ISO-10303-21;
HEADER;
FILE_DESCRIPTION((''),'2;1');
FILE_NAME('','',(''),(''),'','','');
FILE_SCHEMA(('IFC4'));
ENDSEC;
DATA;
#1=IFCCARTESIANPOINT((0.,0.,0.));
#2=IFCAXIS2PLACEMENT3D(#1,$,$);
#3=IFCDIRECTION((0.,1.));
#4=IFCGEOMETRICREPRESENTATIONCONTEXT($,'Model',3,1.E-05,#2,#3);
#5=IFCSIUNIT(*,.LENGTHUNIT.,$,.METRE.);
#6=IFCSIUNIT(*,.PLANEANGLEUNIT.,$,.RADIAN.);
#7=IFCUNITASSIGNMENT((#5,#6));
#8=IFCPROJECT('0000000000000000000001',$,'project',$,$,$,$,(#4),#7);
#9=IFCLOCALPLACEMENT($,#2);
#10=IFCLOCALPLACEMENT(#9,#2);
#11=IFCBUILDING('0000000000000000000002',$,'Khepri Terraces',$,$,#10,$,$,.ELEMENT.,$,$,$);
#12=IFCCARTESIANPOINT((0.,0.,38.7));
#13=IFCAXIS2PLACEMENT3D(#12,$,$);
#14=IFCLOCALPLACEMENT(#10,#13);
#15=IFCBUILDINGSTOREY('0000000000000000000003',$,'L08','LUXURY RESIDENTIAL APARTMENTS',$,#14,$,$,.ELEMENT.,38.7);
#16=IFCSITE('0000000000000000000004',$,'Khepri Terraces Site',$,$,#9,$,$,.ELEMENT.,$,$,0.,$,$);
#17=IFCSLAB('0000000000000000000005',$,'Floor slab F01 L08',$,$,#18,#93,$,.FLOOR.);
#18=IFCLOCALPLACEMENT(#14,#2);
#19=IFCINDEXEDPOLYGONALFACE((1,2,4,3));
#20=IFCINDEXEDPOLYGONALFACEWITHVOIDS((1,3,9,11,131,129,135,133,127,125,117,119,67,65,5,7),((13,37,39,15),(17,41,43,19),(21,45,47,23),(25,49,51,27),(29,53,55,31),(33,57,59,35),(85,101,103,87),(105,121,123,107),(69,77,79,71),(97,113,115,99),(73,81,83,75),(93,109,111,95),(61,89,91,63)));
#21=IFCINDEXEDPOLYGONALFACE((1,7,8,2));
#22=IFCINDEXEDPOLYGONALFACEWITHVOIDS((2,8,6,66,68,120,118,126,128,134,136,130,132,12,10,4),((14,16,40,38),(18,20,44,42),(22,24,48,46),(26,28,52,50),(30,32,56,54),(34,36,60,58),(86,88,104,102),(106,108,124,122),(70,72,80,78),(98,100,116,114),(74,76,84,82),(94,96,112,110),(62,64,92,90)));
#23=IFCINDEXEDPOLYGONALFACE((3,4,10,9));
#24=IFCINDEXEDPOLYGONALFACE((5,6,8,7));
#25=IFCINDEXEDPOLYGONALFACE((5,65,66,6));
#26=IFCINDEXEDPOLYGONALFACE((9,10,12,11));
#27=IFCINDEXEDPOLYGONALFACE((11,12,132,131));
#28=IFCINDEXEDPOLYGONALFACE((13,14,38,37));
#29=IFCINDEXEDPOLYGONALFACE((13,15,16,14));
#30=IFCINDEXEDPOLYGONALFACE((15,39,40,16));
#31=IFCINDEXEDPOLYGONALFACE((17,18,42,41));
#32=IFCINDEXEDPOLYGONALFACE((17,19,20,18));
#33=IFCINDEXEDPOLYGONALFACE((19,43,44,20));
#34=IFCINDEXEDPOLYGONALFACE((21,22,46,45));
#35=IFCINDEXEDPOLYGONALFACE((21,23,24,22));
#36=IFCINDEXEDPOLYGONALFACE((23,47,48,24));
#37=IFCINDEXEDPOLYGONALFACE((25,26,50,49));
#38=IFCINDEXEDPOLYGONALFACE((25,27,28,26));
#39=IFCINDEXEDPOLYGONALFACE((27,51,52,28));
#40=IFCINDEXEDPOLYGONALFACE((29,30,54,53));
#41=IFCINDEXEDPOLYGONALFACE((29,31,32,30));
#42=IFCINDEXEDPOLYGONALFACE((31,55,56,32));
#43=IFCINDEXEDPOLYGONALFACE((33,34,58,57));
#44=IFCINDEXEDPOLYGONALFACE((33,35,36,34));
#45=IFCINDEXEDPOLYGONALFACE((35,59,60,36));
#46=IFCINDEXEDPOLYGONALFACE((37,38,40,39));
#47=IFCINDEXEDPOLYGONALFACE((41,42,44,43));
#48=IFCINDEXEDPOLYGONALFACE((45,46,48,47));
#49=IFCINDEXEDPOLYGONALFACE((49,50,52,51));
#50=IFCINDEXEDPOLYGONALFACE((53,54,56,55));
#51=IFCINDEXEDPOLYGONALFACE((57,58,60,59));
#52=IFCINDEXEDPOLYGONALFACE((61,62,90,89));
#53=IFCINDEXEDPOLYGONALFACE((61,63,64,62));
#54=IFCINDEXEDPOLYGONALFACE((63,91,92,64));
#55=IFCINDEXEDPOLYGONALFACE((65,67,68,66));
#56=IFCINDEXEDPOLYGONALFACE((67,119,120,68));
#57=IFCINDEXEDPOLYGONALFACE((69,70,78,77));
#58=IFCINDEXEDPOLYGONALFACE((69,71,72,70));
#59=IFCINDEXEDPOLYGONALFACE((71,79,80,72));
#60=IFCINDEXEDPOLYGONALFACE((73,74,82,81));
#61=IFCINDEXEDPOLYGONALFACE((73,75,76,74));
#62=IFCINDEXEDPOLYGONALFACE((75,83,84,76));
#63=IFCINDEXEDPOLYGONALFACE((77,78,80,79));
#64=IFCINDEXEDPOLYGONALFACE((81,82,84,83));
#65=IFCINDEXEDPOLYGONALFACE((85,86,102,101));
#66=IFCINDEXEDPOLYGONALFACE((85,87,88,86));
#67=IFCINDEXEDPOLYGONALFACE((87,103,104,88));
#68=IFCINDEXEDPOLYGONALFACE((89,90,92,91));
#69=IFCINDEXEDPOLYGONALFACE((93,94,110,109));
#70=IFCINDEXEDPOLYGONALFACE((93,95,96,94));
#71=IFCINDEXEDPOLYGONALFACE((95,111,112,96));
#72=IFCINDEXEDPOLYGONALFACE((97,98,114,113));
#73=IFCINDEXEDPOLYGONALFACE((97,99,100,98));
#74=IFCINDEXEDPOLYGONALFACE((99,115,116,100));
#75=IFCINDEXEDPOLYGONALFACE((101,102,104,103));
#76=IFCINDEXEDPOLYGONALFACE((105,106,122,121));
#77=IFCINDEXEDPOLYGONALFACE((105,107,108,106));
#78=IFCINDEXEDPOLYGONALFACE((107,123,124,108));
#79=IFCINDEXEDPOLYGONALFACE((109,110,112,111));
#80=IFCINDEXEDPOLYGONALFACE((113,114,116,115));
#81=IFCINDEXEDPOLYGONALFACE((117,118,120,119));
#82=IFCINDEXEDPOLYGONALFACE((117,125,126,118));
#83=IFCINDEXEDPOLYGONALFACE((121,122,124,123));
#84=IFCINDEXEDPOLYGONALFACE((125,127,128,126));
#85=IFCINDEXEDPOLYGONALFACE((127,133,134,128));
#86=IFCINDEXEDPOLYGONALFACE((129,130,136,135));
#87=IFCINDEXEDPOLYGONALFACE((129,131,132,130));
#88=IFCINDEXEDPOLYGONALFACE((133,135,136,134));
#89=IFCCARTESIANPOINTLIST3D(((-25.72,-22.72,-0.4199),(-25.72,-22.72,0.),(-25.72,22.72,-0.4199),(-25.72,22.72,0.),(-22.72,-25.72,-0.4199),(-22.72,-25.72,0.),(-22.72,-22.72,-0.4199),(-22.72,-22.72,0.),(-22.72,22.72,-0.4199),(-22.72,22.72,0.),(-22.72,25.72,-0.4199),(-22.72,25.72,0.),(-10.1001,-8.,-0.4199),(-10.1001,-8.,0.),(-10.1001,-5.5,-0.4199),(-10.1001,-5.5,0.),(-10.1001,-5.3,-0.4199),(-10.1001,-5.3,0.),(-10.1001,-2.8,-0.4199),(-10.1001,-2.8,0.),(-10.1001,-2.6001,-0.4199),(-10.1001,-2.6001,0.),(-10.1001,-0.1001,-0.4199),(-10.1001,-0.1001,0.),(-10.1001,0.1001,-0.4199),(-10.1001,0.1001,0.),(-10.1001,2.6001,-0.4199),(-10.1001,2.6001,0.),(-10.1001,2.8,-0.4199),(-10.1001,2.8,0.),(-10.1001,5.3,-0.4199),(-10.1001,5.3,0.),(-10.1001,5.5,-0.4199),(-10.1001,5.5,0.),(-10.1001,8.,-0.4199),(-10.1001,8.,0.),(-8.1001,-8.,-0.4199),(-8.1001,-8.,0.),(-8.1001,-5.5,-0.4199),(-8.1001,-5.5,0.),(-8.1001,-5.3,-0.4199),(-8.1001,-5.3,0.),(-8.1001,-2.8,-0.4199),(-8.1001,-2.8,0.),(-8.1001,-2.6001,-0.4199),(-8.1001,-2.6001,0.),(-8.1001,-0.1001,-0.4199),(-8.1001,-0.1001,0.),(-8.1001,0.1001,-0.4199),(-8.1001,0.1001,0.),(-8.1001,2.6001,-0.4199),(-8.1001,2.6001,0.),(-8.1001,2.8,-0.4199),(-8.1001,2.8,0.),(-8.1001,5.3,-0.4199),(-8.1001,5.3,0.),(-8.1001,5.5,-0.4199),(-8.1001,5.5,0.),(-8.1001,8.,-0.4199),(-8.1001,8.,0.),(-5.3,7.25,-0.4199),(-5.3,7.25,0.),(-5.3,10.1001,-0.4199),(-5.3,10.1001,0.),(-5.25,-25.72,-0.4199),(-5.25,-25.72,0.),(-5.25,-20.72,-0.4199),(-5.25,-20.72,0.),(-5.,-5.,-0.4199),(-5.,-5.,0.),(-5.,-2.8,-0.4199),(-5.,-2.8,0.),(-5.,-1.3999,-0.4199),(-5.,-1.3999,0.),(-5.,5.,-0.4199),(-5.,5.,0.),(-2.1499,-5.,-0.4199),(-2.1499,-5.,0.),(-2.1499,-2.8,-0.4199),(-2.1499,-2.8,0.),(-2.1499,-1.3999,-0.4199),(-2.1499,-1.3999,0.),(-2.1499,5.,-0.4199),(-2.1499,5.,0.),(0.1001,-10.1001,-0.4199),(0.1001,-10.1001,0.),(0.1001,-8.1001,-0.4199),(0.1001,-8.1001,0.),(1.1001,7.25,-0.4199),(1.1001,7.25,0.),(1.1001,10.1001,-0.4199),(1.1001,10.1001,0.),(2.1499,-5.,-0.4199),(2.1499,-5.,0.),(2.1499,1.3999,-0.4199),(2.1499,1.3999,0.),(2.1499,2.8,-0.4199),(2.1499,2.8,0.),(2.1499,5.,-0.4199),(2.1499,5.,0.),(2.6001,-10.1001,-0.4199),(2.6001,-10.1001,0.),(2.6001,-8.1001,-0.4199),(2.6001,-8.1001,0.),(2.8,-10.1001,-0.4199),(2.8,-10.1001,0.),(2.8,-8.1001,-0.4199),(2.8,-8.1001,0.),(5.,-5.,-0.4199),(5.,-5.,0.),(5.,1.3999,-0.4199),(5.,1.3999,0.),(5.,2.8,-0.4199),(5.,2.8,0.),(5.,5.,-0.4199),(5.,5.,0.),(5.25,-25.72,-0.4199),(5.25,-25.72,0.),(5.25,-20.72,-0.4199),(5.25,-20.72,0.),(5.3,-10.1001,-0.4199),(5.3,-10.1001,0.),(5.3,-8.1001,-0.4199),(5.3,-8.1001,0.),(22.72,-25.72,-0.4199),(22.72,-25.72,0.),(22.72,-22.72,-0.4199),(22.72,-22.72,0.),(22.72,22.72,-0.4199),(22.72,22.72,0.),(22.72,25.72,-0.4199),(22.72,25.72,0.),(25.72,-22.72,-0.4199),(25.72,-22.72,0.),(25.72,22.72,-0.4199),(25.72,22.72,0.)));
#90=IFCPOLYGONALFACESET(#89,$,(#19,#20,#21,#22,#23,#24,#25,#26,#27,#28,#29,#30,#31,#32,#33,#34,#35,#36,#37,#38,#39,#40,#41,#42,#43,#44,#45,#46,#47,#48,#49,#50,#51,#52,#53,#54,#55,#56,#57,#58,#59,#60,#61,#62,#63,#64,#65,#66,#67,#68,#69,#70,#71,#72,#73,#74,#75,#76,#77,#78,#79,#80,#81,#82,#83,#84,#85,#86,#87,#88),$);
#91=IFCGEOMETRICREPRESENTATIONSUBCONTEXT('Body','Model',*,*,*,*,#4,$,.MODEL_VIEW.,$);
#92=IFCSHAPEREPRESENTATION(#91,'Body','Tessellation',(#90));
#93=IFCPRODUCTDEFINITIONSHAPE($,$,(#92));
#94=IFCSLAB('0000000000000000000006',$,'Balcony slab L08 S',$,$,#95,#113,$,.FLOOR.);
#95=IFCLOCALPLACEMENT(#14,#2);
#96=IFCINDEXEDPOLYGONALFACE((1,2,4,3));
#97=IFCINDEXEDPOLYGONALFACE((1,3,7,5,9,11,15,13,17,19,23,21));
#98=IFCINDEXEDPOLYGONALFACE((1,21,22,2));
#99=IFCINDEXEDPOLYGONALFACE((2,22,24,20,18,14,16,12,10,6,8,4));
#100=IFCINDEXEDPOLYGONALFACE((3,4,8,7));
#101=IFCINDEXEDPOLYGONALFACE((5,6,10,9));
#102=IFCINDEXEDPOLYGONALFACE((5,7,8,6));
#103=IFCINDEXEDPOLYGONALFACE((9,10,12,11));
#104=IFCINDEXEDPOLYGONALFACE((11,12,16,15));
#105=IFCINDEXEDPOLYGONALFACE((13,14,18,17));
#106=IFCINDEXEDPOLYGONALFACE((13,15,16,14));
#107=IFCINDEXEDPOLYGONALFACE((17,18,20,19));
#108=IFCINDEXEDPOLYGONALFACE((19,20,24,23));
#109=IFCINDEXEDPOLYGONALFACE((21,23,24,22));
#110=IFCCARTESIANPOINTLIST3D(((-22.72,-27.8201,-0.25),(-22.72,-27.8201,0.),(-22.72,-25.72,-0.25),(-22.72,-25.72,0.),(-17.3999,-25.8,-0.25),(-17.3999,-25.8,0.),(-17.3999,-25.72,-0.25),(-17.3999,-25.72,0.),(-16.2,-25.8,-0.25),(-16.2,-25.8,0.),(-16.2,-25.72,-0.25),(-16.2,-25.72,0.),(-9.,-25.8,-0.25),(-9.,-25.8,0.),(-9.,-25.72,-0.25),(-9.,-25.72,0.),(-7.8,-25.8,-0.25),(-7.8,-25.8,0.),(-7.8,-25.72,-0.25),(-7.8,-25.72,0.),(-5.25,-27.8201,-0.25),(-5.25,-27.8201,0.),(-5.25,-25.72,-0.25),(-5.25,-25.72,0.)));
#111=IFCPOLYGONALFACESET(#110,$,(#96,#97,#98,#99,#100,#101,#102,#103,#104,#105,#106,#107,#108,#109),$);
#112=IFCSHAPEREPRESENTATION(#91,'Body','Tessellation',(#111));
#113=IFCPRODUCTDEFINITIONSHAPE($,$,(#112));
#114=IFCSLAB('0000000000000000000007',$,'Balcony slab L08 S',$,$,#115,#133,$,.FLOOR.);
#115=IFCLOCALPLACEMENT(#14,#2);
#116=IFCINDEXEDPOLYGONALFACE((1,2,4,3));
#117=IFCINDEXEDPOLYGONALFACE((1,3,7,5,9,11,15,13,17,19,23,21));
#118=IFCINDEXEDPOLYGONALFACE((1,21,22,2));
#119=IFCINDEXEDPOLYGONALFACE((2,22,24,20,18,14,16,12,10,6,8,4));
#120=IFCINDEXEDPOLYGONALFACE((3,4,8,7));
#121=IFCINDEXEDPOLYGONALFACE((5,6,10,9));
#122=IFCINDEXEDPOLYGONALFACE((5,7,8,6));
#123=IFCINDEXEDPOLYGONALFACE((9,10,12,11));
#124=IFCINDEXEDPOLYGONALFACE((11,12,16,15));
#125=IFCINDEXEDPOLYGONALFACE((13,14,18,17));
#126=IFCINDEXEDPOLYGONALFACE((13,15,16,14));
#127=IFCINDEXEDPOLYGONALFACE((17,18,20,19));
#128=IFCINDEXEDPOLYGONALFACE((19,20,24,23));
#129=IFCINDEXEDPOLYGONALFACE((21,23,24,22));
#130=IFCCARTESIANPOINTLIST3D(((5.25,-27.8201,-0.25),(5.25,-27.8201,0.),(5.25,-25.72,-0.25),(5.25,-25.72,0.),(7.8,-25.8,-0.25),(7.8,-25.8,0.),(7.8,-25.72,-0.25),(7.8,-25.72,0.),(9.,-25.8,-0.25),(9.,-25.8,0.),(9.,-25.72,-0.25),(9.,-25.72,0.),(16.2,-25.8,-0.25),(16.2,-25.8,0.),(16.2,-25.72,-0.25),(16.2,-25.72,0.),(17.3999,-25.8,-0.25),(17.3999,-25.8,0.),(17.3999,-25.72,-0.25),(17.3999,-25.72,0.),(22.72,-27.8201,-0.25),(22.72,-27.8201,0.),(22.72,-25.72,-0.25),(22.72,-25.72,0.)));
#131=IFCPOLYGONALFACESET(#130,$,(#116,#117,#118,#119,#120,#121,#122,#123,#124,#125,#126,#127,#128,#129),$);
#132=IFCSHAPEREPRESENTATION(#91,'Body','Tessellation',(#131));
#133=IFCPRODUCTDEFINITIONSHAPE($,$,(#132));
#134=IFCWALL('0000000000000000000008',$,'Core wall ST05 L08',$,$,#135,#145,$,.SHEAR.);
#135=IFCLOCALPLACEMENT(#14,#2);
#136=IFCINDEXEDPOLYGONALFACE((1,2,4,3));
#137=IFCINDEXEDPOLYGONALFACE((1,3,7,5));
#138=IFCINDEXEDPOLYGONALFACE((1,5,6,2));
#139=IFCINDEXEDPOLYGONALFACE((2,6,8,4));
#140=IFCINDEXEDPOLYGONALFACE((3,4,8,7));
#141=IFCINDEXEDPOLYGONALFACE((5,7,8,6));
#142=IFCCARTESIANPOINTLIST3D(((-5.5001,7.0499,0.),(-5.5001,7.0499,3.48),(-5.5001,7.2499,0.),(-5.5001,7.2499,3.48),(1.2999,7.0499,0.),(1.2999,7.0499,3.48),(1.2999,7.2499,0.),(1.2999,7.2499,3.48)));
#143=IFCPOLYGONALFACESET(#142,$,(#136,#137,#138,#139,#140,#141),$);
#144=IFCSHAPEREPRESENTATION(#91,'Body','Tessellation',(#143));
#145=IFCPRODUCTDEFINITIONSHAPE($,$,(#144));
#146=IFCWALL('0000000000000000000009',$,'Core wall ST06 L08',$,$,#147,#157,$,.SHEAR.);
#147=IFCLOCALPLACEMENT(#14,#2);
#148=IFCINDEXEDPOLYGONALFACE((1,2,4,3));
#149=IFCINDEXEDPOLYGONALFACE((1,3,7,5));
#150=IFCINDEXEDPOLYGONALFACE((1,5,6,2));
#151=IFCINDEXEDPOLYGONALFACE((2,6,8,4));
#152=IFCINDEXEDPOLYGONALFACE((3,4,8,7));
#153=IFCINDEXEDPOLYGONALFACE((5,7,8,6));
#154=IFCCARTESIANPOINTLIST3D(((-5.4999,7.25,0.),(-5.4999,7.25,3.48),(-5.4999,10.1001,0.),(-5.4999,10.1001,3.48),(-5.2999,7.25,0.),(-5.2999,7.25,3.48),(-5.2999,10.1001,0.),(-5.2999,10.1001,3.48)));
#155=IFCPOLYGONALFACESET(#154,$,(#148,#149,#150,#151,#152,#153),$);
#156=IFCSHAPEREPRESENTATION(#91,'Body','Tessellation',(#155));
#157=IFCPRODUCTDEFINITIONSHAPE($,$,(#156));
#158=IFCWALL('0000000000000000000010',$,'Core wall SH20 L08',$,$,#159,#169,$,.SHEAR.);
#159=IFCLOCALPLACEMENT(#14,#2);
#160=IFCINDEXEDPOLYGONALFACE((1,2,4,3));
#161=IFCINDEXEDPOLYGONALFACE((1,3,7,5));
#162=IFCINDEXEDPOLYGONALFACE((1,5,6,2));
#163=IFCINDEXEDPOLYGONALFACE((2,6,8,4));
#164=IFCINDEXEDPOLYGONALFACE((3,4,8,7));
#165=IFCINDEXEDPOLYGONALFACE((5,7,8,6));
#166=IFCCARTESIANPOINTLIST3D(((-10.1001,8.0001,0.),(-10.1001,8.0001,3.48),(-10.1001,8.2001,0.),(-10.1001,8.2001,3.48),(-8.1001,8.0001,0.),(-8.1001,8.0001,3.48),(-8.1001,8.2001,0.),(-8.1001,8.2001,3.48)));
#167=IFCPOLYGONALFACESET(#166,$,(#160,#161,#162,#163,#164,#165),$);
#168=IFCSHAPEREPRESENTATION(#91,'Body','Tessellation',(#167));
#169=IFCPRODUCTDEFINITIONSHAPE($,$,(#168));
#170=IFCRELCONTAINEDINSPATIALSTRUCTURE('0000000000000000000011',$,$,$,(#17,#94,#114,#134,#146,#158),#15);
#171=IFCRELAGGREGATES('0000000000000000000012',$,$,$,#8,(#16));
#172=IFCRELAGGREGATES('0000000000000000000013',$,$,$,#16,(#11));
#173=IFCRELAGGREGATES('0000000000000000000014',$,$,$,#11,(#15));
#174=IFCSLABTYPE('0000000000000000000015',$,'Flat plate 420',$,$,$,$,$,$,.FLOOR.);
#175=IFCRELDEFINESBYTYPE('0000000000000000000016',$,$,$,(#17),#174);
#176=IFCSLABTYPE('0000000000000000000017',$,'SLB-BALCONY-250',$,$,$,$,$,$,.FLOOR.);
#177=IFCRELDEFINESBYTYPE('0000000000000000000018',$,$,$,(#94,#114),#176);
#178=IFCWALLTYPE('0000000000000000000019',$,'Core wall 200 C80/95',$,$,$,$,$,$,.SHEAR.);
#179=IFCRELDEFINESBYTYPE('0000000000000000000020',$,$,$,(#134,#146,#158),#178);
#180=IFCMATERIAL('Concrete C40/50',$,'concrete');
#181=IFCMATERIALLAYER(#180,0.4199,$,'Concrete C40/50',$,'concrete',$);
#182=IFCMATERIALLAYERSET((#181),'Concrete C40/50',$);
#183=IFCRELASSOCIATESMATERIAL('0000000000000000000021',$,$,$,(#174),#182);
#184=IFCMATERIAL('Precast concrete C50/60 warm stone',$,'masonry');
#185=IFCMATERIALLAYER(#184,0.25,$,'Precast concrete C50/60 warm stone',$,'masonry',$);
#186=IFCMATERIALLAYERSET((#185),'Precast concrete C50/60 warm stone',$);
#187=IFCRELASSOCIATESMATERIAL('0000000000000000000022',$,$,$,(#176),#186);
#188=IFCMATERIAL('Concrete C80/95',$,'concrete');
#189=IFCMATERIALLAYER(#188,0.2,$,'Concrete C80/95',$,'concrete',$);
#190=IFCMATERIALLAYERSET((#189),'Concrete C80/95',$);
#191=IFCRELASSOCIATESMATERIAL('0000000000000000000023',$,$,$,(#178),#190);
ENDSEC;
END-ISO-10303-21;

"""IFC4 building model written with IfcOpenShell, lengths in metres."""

from ifc_helpers import new_model, si_unit, direction, frame, frame_2d, origin, place, context, subcontext, project, spatial, polyline, rectangle, outline, extrude, material, layer, layer_set, type_object, element, save


model = new_model("IFC4")

# Units and contexts
model_context = context("Model", 3, precision=1e-05, world=origin(), true_north=direction((0.0, 1.0)))
body_context = subcontext(model_context, "Body", "Model", "MODEL_VIEW")
ifc_project = project(units=[si_unit("LENGTHUNIT", "METRE"), si_unit("PLANEANGLEUNIT", "RADIAN")], contexts=[model_context])

# Site, building, storey
site_placement = place(None, origin())
site = spatial("IfcSite", under=ifc_project, at=site_placement, Name="Khepri Terraces Site", CompositionType="ELEMENT", RefElevation=0.0)
building_placement = place(site_placement, origin())
building = spatial("IfcBuilding", under=site, at=building_placement, Name="Khepri Terraces", CompositionType="ELEMENT")
storey_placement = place(building_placement, frame((0.0, 0.0, 38.7)))
storey = spatial("IfcBuildingStorey", under=building, at=storey_placement, Name="L08", Description="LUXURY RESIDENTIAL APARTMENTS", CompositionType="ELEMENT", Elevation=38.7)

# Slabs
ifc_material_1 = material(Name="Concrete C40/50", Category="concrete")
ifc_layer_1 = layer(ifc_material_1, 0.4199, Name="Concrete C40/50", Category="concrete")
ifc_layer_set_1 = layer_set([ifc_layer_1], Name="Concrete C40/50")
slab_type_1 = type_object("IfcSlabType", Name="Flat plate 420", PredefinedType="FLOOR", material=ifc_layer_set_1)
slab_1_placement = place(storey_placement, frame((0.0, 0.0, -0.4199)))
element("IfcSlab", 1, at=slab_1_placement, inside=storey, type_object=slab_type_1, Name="Floor slab F01 L08", PredefinedType="FLOOR", context=body_context, shape_type="SweptSolid", body=[
    extrude(outline(polyline([(22.72, 22.72), (25.72, 22.72), (25.72, -22.72), (22.72, -22.72), (22.72, -25.72), (5.25, -25.72), (5.25, -20.72), (-5.25, -20.72), (-5.25, -25.72), (-22.72, -25.72), (-22.72, -22.72), (-25.72, -22.72), (-25.72, 22.72), (-22.72, 22.72), (-22.72, 25.72), (22.72, 25.72), (22.72, 22.72)]), holes=[polyline([(5.0, 5.0), (2.1499, 5.0), (2.1499, 2.8), (5.0, 2.8), (5.0, 5.0)]), polyline([(-2.1499, -5.0), (-2.1499, -2.8), (-5.0, -2.8), (-5.0, -5.0), (-2.1499, -5.0)]), polyline([(-10.1001, -8.0), (-8.1001, -8.0), (-8.1001, -5.5), (-10.1001, -5.5), (-10.1001, -8.0)]), polyline([(-10.1001, -2.8), (-10.1001, -5.3), (-8.1001, -5.3), (-8.1001, -2.8), (-10.1001, -2.8)]), polyline([(-8.1001, -0.1001), (-10.1001, -0.1001), (-10.1001, -2.6001), (-8.1001, -2.6001), (-8.1001, -0.1001)]), polyline([(-8.1001, 0.1001), (-8.1001, 2.6001), (-10.1001, 2.6001), (-10.1001, 0.1001), (-8.1001, 0.1001)]), polyline([(-10.1001, 2.8), (-8.1001, 2.8), (-8.1001, 5.3), (-10.1001, 5.3), (-10.1001, 2.8)]), polyline([(-10.1001, 8.0), (-10.1001, 5.5), (-8.1001, 5.5), (-8.1001, 8.0), (-10.1001, 8.0)]), polyline([(2.6001, -8.1001), (0.1001, -8.1001), (0.1001, -10.1001), (2.6001, -10.1001), (2.6001, -8.1001)]), polyline([(5.3, -10.1001), (5.3, -8.1001), (2.8, -8.1001), (2.8, -10.1001), (5.3, -10.1001)]), polyline([(-5.0, -1.3999), (-2.1499, -1.3999), (-2.1499, 5.0), (-5.0, 5.0), (-5.0, -1.3999)]), polyline([(5.0, -5.0), (5.0, 1.3999), (2.1499, 1.3999), (2.1499, -5.0), (5.0, -5.0)]), polyline([(-5.3, 10.1001), (-5.3, 7.25), (1.1001, 7.25), (1.1001, 10.1001), (-5.3, 10.1001)])]), origin(), (0.0, 0.0, 1.0), 0.4199),
])
ifc_material_2 = material(Name="Precast concrete C50/60 warm stone", Category="masonry")
ifc_layer_2 = layer(ifc_material_2, 0.25, Name="Precast concrete C50/60 warm stone", Category="masonry")
ifc_layer_set_2 = layer_set([ifc_layer_2], Name="Precast concrete C50/60 warm stone")
slab_type_2 = type_object("IfcSlabType", Name="SLB-BALCONY-250", PredefinedType="FLOOR", material=ifc_layer_set_2)
slab_2_placement = place(storey_placement, frame((0.0, 0.0, -0.25)))
element("IfcSlab", 2, at=slab_2_placement, inside=storey, type_object=slab_type_2, Name="Balcony slab L08 S", PredefinedType="FLOOR", context=body_context, shape_type="SweptSolid", body=[
    extrude(outline(polyline([(-17.3999, -25.72), (-22.72, -25.72), (-22.72, -27.8201), (-5.25, -27.8201), (-5.25, -25.72), (-7.8, -25.72), (-7.8, -25.8), (-9.0, -25.8), (-9.0, -25.72), (-16.2, -25.72), (-16.2, -25.8), (-17.3999, -25.8), (-17.3999, -25.72)])), origin(), (0.0, 0.0, 1.0), 0.25),
])
slab_3_placement = place(storey_placement, frame((0.0, 0.0, -0.25)))
element("IfcSlab", 3, at=slab_3_placement, inside=storey, type_object=slab_type_2, Name="Balcony slab L08 S", PredefinedType="FLOOR", context=body_context, shape_type="SweptSolid", body=[
    extrude(outline(polyline([(7.8, -25.72), (5.25, -25.72), (5.25, -27.8201), (22.72, -27.8201), (22.72, -25.72), (17.3999, -25.72), (17.3999, -25.8), (16.2, -25.8), (16.2, -25.72), (9.0, -25.72), (9.0, -25.8), (7.8, -25.8), (7.8, -25.72)])), origin(), (0.0, 0.0, 1.0), 0.25),
])

# Walls
ifc_material_3 = material(Name="Concrete C80/95", Category="concrete")
ifc_layer_3 = layer(ifc_material_3, 0.2, Name="Concrete C80/95", Category="concrete")
ifc_layer_set_3 = layer_set([ifc_layer_3], Name="Concrete C80/95")
wall_type_1 = type_object("IfcWallType", Name="Core wall 200 C80/95", PredefinedType="SHEAR", material=ifc_layer_set_3)
wall_1_placement = place(storey_placement, frame((-5.5, 7.1499, 0.0), z_axis=(0.0, 0.0, 1.0), x_axis=(1.0, 0.0, 0.0)))
element("IfcWall", 4, at=wall_1_placement, inside=storey, type_object=wall_type_1, Name="Core wall ST05 L08", PredefinedType="SHEAR", context=body_context, shape_type="SweptSolid", body=[
    extrude(rectangle(XDim=6.8, YDim=0.2, at=frame_2d((3.3999, 0.0))), origin(), (0.0, 0.0, 1.0), 3.48),
])
wall_2_placement = place(storey_placement, frame((-5.3999, 7.25, 0.0), z_axis=(0.0, 0.0, 1.0), x_axis=(0.0, 1.0, 0.0)))
element("IfcWall", 5, at=wall_2_placement, inside=storey, type_object=wall_type_1, Name="Core wall ST06 L08", PredefinedType="SHEAR", context=body_context, shape_type="SweptSolid", body=[
    extrude(rectangle(XDim=2.8501, YDim=0.2, at=frame_2d((1.425, 0.0))), origin(), (0.0, 0.0, 1.0), 3.48),
])
wall_3_placement = place(storey_placement, frame((-10.1001, 8.1001, 0.0), z_axis=(0.0, 0.0, 1.0), x_axis=(1.0, 0.0, 0.0)))
element("IfcWall", 6, at=wall_3_placement, inside=storey, type_object=wall_type_1, Name="Core wall SH20 L08", PredefinedType="SHEAR", context=body_context, shape_type="SweptSolid", body=[
    extrude(rectangle(XDim=2.0, YDim=0.2, at=frame_2d((1.0, 0.0))), origin(), (0.0, 0.0, 1.0), 3.48),
])

save(model, "model.ifc")
